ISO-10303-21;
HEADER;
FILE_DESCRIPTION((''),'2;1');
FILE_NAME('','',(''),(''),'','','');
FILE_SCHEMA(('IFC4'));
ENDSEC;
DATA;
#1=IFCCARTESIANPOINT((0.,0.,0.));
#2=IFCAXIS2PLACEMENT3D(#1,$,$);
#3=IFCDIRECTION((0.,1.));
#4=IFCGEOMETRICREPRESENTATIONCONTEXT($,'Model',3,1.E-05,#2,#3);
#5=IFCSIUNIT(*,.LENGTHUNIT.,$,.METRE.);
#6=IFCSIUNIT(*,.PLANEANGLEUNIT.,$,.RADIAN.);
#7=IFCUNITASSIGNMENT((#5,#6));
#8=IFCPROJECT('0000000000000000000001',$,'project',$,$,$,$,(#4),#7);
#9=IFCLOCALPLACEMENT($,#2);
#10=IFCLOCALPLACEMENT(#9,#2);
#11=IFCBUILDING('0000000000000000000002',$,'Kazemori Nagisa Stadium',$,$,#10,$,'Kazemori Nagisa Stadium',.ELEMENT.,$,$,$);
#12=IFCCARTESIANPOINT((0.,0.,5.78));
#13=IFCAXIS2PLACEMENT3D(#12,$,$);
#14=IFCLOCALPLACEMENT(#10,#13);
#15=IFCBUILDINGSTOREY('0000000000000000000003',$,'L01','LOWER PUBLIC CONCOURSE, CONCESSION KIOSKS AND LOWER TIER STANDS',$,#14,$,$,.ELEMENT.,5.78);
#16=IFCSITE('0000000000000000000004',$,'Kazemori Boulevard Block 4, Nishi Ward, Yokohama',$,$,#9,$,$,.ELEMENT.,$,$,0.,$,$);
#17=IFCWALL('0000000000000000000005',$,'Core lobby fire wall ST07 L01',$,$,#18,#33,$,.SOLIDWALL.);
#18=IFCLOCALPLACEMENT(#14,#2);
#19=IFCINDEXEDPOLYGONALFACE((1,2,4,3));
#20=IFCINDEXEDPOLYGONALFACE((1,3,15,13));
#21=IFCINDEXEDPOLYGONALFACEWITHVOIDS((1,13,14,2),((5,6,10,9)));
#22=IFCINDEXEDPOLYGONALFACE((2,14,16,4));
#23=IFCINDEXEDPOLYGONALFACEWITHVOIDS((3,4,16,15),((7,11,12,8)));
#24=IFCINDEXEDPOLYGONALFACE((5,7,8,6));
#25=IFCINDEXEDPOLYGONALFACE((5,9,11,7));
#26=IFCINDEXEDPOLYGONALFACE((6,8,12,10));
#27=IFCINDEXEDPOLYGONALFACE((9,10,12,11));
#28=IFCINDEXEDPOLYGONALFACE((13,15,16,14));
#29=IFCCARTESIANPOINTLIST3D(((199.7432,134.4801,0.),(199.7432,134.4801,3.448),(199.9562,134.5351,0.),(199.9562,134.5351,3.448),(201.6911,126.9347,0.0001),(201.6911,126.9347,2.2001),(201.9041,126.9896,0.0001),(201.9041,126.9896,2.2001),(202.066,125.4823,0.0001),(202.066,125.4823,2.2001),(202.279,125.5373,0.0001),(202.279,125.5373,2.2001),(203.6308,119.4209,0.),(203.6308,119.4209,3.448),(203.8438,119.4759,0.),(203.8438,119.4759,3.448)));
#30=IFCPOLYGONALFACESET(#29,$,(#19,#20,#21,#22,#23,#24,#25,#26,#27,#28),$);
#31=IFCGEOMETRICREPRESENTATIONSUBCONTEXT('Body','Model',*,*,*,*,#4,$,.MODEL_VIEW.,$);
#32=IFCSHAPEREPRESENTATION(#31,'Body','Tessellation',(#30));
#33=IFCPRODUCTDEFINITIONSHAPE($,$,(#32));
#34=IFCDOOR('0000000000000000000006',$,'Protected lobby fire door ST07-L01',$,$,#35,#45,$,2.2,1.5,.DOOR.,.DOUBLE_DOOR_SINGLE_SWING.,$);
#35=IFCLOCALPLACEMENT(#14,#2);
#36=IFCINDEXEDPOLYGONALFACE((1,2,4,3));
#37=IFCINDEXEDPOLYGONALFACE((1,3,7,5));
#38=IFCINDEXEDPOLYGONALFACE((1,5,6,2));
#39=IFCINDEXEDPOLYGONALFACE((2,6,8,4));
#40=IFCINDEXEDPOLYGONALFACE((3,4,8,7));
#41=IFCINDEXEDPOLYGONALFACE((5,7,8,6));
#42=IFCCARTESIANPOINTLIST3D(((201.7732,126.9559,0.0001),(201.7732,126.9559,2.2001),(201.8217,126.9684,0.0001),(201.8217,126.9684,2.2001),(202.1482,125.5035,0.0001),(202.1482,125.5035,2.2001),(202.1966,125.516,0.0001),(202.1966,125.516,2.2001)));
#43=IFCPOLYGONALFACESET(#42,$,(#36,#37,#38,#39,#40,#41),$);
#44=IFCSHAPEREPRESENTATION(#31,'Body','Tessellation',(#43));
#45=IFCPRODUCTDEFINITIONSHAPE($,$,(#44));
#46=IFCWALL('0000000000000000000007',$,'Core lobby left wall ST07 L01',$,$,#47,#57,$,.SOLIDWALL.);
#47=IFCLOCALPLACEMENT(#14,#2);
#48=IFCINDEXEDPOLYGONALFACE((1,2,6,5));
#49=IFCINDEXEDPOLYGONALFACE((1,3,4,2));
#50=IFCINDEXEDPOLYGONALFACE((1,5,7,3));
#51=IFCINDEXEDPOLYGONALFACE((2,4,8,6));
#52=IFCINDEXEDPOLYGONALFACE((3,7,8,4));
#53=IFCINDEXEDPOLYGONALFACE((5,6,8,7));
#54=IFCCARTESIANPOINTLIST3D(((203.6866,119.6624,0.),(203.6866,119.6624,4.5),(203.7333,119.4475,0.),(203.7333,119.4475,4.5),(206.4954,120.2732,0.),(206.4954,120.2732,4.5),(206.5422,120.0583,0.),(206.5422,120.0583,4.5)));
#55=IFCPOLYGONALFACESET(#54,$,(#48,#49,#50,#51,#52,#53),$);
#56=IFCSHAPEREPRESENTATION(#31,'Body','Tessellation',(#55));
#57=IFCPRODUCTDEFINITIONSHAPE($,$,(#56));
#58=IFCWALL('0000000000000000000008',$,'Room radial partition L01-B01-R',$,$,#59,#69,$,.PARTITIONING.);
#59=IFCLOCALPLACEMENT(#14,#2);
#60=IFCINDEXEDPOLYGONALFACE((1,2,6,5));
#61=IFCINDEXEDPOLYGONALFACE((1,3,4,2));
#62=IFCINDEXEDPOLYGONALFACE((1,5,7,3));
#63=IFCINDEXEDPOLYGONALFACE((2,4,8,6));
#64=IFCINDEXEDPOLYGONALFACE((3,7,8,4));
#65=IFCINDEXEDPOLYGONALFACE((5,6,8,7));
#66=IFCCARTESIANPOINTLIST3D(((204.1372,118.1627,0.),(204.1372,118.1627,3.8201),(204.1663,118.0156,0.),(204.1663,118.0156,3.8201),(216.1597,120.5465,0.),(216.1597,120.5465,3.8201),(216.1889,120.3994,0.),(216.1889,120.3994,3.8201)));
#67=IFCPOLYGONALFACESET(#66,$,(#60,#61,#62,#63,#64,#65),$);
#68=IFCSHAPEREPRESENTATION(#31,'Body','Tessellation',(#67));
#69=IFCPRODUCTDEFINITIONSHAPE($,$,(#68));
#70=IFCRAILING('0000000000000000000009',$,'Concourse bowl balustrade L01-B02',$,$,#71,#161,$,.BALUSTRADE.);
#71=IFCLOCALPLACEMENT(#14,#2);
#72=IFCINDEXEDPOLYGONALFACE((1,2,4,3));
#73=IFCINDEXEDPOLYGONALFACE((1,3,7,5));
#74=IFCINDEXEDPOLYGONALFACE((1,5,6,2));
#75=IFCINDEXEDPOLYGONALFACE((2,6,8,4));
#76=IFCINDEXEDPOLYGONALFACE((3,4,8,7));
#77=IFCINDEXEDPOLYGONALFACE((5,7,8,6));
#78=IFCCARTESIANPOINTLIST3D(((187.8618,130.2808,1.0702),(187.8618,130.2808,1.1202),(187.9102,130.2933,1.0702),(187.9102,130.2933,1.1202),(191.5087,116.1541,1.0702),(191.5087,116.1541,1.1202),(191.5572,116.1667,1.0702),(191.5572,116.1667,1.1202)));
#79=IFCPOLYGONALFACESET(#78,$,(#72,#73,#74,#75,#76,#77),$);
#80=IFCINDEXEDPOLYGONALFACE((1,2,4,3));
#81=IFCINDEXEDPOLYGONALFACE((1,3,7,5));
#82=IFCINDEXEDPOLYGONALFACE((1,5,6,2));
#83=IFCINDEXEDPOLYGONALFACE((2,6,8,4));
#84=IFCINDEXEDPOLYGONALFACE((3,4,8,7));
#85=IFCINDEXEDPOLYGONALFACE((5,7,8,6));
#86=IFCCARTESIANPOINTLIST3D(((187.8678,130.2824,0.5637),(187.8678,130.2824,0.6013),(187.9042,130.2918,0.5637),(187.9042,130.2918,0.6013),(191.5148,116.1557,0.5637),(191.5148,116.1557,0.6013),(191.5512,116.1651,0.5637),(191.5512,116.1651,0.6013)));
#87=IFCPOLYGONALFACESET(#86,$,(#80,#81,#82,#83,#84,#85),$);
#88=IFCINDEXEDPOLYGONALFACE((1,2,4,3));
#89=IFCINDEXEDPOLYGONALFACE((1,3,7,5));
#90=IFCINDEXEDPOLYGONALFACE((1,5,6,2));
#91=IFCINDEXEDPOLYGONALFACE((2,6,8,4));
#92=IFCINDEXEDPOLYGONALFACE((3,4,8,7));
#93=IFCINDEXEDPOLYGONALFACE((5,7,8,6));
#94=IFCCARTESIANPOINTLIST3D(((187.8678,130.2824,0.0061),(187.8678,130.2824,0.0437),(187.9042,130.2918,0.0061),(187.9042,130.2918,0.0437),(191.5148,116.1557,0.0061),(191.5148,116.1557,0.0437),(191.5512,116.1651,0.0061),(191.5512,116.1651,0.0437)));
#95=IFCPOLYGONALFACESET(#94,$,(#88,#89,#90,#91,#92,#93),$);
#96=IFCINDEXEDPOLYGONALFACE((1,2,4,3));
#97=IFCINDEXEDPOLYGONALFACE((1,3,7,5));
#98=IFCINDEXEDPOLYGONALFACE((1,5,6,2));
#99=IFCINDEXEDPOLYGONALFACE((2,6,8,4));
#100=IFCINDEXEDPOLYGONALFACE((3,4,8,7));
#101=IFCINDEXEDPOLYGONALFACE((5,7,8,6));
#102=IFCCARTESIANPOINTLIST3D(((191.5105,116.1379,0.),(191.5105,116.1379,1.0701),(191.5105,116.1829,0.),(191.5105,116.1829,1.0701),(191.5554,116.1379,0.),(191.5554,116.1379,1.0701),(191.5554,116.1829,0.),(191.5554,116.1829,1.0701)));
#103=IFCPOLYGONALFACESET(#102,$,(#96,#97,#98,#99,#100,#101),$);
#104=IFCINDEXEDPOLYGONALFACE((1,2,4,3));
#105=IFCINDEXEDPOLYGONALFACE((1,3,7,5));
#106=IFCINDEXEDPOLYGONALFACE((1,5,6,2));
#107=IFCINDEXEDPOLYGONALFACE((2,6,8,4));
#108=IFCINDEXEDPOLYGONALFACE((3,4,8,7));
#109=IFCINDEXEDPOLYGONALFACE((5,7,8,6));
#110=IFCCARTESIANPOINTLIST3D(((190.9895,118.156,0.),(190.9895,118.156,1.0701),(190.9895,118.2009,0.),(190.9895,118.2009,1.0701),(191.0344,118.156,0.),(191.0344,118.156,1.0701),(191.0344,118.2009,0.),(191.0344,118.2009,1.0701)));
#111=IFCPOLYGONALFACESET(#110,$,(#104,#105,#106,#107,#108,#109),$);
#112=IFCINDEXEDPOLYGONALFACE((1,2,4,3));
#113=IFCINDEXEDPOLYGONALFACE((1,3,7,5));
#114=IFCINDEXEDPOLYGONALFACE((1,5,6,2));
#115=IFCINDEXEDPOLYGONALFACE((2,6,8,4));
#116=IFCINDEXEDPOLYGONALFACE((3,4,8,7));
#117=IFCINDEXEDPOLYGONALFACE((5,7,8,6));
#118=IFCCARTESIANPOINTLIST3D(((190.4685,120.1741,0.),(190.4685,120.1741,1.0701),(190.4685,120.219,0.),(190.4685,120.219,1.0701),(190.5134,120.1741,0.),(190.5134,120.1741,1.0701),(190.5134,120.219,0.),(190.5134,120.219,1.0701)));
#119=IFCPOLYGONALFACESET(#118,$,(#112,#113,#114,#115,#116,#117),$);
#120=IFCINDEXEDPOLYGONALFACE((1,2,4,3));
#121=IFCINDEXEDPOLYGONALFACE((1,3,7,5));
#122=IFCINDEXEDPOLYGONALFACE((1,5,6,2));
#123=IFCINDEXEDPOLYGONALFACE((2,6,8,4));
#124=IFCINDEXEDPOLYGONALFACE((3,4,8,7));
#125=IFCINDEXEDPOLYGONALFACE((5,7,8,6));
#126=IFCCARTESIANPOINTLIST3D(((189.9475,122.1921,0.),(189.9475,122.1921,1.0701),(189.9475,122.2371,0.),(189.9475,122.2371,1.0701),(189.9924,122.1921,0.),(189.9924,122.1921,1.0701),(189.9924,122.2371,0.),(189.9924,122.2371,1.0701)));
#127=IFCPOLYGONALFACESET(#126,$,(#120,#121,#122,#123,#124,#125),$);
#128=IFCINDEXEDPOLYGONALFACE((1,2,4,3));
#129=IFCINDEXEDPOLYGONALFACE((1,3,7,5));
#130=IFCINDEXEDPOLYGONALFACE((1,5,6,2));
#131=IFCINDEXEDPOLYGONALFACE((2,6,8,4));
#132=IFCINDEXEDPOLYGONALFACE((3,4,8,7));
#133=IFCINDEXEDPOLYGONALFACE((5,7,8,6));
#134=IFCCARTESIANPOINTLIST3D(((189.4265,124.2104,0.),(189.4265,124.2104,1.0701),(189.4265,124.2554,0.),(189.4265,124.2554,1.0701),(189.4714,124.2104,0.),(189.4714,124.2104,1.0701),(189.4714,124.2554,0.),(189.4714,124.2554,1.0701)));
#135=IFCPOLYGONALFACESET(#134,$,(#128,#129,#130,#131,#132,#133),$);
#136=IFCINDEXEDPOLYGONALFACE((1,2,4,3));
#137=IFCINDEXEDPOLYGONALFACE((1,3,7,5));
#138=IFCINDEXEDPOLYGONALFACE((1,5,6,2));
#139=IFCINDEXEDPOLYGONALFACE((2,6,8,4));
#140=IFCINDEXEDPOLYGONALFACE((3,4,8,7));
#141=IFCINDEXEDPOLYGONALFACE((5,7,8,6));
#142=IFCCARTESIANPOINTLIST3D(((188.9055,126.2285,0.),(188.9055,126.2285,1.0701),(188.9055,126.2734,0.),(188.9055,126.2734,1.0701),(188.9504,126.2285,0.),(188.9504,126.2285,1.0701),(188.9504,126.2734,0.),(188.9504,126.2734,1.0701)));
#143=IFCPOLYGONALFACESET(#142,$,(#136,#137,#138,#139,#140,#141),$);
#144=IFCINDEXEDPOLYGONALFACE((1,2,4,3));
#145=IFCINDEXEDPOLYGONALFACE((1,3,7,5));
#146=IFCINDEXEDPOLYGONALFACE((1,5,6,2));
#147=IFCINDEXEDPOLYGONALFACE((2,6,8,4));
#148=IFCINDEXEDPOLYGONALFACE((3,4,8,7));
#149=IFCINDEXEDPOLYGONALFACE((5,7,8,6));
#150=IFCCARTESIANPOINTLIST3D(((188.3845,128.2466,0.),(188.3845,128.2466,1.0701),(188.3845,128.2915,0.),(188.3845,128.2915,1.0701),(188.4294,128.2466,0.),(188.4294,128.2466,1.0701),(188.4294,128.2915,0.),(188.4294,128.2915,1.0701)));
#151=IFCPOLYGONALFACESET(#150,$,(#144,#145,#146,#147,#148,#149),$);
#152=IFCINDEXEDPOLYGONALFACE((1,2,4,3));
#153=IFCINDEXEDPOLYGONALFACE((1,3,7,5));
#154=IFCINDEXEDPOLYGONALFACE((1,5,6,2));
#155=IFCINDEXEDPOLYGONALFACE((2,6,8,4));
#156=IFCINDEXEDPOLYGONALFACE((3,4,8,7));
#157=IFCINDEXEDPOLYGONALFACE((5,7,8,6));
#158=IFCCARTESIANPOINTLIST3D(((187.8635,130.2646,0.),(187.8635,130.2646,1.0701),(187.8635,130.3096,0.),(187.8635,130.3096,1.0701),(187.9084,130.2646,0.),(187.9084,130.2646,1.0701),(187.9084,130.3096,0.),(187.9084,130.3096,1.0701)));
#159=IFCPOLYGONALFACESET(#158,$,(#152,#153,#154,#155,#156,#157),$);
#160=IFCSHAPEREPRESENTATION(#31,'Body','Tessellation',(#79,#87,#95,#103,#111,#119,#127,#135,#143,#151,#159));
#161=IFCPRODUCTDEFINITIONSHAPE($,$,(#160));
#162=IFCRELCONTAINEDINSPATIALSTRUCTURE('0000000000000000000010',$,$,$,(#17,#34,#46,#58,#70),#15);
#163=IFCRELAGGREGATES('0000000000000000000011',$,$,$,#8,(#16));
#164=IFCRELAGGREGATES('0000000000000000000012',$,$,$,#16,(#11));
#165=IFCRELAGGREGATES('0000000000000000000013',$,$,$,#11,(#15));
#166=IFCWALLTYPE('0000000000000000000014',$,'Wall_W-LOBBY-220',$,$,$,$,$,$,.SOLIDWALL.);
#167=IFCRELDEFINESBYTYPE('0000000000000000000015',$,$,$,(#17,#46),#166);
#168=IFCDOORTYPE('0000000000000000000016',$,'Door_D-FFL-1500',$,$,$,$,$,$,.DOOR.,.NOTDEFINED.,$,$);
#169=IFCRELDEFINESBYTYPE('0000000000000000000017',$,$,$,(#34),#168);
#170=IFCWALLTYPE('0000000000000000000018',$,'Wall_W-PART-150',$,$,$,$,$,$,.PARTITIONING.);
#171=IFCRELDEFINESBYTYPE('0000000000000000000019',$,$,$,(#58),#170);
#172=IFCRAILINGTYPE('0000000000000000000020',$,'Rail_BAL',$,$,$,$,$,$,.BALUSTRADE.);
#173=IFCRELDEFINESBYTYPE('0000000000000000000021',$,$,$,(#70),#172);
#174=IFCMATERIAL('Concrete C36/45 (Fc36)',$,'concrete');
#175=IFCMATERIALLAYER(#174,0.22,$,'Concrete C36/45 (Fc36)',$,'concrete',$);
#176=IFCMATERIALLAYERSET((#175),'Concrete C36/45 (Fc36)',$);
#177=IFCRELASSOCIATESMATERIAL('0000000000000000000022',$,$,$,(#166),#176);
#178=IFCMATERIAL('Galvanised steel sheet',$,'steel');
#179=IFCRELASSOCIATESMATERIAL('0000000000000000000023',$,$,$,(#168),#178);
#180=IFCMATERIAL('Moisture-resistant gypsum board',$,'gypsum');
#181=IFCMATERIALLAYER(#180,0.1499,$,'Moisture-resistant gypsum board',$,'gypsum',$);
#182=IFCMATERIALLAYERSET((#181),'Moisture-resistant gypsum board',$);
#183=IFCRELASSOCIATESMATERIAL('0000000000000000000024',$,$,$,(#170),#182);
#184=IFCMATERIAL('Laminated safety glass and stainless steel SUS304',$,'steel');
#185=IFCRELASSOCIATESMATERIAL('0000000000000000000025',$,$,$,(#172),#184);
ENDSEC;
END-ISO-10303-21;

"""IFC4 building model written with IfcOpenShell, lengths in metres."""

from ifc_helpers import new_model, si_unit, direction, frame, frame_2d, origin, origin_2d, place, context, subcontext, project, spatial, rectangle, extrude, material, layer, layer_set, type_object, element, fill, save


model = new_model("IFC4")

# Units and contexts
model_context = context("Model", 3, precision=1e-05, world=origin(), true_north=direction((0.0, 1.0)))
body_context = subcontext(model_context, "Body", "Model", "MODEL_VIEW")
ifc_project = project(units=[si_unit("LENGTHUNIT", "METRE"), si_unit("PLANEANGLEUNIT", "RADIAN")], contexts=[model_context])

# Site, building, storey
site_placement = place(None, origin())
site = spatial("IfcSite", under=ifc_project, at=site_placement, Name="Kazemori Boulevard Block 4, Nishi Ward, Yokohama", CompositionType="ELEMENT", RefElevation=0.0)
building_placement = place(site_placement, origin())
building = spatial("IfcBuilding", under=site, at=building_placement, Name="Kazemori Nagisa Stadium", LongName="Kazemori Nagisa Stadium", CompositionType="ELEMENT")
storey_placement = place(building_placement, frame((0.0, 0.0, 5.78)))
storey = spatial("IfcBuildingStorey", under=building, at=storey_placement, Name="L01", Description="LOWER PUBLIC CONCOURSE, CONCESSION KIOSKS AND LOWER TIER STANDS", CompositionType="ELEMENT", Elevation=5.78)

# Wall, opening, door
ifc_material_1 = material(Name="Concrete C36/45 (Fc36)", Category="concrete")
ifc_layer_1 = layer(ifc_material_1, 0.22, Name="Concrete C36/45 (Fc36)", Category="concrete")
ifc_layer_set_1 = layer_set([ifc_layer_1], Name="Concrete C36/45 (Fc36)")
wall_type_1 = type_object("IfcWallType", Name="Wall_W-LOBBY-220", PredefinedType="SOLIDWALL", material=ifc_layer_set_1)
wall_1_placement = place(storey_placement, frame((203.7373, 119.4485, 0.0), z_axis=(0.0, 0.0, 1.0), x_axis=(-0.249963, 0.968255, 0.0)))
wall_1 = element("IfcWall", 1, at=wall_1_placement, inside=storey, type_object=wall_type_1, Name="Core lobby fire wall ST07 L01", PredefinedType="SOLIDWALL", context=body_context, shape_type="SweptSolid", body=[
    extrude(rectangle(XDim=15.553, YDim=0.22, at=frame_2d((7.7764, 0.0))), origin(), (0.0, 0.0, 1.0), 3.448),
])
opening_placement = place(wall_1_placement, frame((6.26, 0.0, 0.0)))
opening = element("IfcOpeningElement", 2, at=opening_placement, cuts=wall_1, PredefinedType="OPENING", context=body_context, shape_type="SweptSolid", body=[
    extrude(rectangle(XDim=1.5, YDim=2.2, at=frame_2d((0.75, 1.1001))), frame((0.0, 0.1199, 0.0), z_axis=(0.0, -1.0, 0.0), x_axis=(1.0, 0.0, 0.0)), (0.0, 0.0, 1.0), 0.24),
])
ifc_material_2 = material(Name="Galvanised steel sheet", Category="steel")
door_type = type_object("IfcDoorType", Name="Door_D-FFL-1500", OperationType="NOTDEFINED", PredefinedType="DOOR", material=ifc_material_2)
door_placement = place(opening_placement, frame((1.5, 0.0, 0.0), z_axis=(0.0, 0.0, 1.0), x_axis=(-1.0, 0.0, 0.0)))
door = element("IfcDoor", 3, at=door_placement, inside=storey, type_object=door_type, Name="Protected lobby fire door ST07-L01", OperationType="DOUBLE_DOOR_SINGLE_SWING", OverallHeight=2.2, OverallWidth=1.5, PredefinedType="DOOR", context=body_context, shape_type="SweptSolid", body=[
    extrude(rectangle(XDim=1.5, YDim=2.2, at=frame_2d((0.75, 1.1001))), frame((0.0, 0.0249, 0.0), z_axis=(0.0, -1.0, 0.0), x_axis=(1.0, 0.0, 0.0)), (0.0, 0.0, 1.0), 0.05),
])
fill(opening, door)

# Walls
wall_2_placement = place(storey_placement, frame((203.71, 119.5549, 0.0), z_axis=(0.0, 0.0, 1.0), x_axis=(0.97716, 0.212504, 0.0)))
element("IfcWall", 4, at=wall_2_placement, inside=storey, type_object=wall_type_1, Name="Core lobby left wall ST07 L01", PredefinedType="SOLIDWALL", context=body_context, shape_type="SweptSolid", body=[
    extrude(rectangle(XDim=2.8745, YDim=0.22, at=frame_2d((1.4373, 0.0))), origin(), (0.0, 0.0, 1.0), 4.5),
])
ifc_material_3 = material(Name="Moisture-resistant gypsum board", Category="gypsum")
ifc_layer_2 = layer(ifc_material_3, 0.1499, Name="Moisture-resistant gypsum board", Category="gypsum")
ifc_layer_set_2 = layer_set([ifc_layer_2], Name="Moisture-resistant gypsum board")
wall_type_2 = type_object("IfcWallType", Name="Wall_W-PART-150", PredefinedType="PARTITIONING", material=ifc_layer_set_2)
wall_3_placement = place(storey_placement, frame((204.1516, 118.0891, 0.0), z_axis=(0.0, 0.0, 1.0), x_axis=(0.980904, 0.194492, 0.0)))
element("IfcWall", 5, at=wall_3_placement, inside=storey, type_object=wall_type_2, Name="Room radial partition L01-B01-R", PredefinedType="PARTITIONING", context=body_context, shape_type="SweptSolid", body=[
    extrude(rectangle(XDim=12.2566, YDim=0.1499, at=frame_2d((6.1284, 0.0))), origin(), (0.0, 0.0, 1.0), 3.8201),
])

# Railing
ifc_material_4 = material(Name="Laminated safety glass and stainless steel SUS304", Category="steel")
railing_type_1 = type_object("IfcRailingType", Name="Rail_BAL", PredefinedType="BALUSTRADE", material=ifc_material_4)
railing_1_placement = place(storey_placement, frame((191.533, 116.1604, 0.0)))
element("IfcRailing", 6, at=railing_1_placement, inside=storey, type_object=railing_type_1, Name="Concourse bowl balustrade L01-B02", PredefinedType="BALUSTRADE", context=body_context, shape_type="SweptSolid", body=[
    extrude(rectangle(XDim=0.05, YDim=0.05, at=origin_2d()), frame((0.0, 0.0, 1.0952), z_axis=(-0.249966, 0.968255, 0.0), x_axis=(-0.968255, -0.249966, 0.0)), (0.0, 0.0, 1.0), 14.5898),
    extrude(rectangle(XDim=0.0376, YDim=0.0376, at=origin_2d()), frame((0.0, 0.0, 0.5825), z_axis=(-0.249966, 0.968255, 0.0), x_axis=(-0.968255, -0.249966, 0.0)), (0.0, 0.0, 1.0), 14.5898),
    extrude(rectangle(XDim=0.0376, YDim=0.0376, at=origin_2d()), frame((0.0, 0.0, 0.0249), z_axis=(-0.249966, 0.968255, 0.0), x_axis=(-0.968255, -0.249966, 0.0)), (0.0, 0.0, 1.0), 14.5898),
    extrude(rectangle(XDim=0.0449, YDim=0.0449, at=origin_2d()), origin(), (0.0, 0.0, 1.0), 1.0701),
    extrude(rectangle(XDim=0.0449, YDim=0.0449, at=origin_2d()), frame((-0.521, 2.0181, 0.0)), (0.0, 0.0, 1.0), 1.0701),
    extrude(rectangle(XDim=0.0449, YDim=0.0449, at=origin_2d()), frame((-1.042, 4.0361, 0.0)), (0.0, 0.0, 1.0), 1.0701),
    extrude(rectangle(XDim=0.0449, YDim=0.0449, at=origin_2d()), frame((-1.563, 6.0542, 0.0)), (0.0, 0.0, 1.0), 1.0701),
    extrude(rectangle(XDim=0.0449, YDim=0.0449, at=origin_2d()), frame((-2.084, 8.0725, 0.0)), (0.0, 0.0, 1.0), 1.0701),
    extrude(rectangle(XDim=0.0449, YDim=0.0449, at=origin_2d()), frame((-2.605, 10.0906, 0.0)), (0.0, 0.0, 1.0), 1.0701),
    extrude(rectangle(XDim=0.0449, YDim=0.0449, at=origin_2d()), frame((-3.126, 12.1086, 0.0)), (0.0, 0.0, 1.0), 1.0701),
    extrude(rectangle(XDim=0.0449, YDim=0.0449, at=origin_2d()), frame((-3.647, 14.1267, 0.0)), (0.0, 0.0, 1.0), 1.0701),
])

save(model, "model.ifc")
